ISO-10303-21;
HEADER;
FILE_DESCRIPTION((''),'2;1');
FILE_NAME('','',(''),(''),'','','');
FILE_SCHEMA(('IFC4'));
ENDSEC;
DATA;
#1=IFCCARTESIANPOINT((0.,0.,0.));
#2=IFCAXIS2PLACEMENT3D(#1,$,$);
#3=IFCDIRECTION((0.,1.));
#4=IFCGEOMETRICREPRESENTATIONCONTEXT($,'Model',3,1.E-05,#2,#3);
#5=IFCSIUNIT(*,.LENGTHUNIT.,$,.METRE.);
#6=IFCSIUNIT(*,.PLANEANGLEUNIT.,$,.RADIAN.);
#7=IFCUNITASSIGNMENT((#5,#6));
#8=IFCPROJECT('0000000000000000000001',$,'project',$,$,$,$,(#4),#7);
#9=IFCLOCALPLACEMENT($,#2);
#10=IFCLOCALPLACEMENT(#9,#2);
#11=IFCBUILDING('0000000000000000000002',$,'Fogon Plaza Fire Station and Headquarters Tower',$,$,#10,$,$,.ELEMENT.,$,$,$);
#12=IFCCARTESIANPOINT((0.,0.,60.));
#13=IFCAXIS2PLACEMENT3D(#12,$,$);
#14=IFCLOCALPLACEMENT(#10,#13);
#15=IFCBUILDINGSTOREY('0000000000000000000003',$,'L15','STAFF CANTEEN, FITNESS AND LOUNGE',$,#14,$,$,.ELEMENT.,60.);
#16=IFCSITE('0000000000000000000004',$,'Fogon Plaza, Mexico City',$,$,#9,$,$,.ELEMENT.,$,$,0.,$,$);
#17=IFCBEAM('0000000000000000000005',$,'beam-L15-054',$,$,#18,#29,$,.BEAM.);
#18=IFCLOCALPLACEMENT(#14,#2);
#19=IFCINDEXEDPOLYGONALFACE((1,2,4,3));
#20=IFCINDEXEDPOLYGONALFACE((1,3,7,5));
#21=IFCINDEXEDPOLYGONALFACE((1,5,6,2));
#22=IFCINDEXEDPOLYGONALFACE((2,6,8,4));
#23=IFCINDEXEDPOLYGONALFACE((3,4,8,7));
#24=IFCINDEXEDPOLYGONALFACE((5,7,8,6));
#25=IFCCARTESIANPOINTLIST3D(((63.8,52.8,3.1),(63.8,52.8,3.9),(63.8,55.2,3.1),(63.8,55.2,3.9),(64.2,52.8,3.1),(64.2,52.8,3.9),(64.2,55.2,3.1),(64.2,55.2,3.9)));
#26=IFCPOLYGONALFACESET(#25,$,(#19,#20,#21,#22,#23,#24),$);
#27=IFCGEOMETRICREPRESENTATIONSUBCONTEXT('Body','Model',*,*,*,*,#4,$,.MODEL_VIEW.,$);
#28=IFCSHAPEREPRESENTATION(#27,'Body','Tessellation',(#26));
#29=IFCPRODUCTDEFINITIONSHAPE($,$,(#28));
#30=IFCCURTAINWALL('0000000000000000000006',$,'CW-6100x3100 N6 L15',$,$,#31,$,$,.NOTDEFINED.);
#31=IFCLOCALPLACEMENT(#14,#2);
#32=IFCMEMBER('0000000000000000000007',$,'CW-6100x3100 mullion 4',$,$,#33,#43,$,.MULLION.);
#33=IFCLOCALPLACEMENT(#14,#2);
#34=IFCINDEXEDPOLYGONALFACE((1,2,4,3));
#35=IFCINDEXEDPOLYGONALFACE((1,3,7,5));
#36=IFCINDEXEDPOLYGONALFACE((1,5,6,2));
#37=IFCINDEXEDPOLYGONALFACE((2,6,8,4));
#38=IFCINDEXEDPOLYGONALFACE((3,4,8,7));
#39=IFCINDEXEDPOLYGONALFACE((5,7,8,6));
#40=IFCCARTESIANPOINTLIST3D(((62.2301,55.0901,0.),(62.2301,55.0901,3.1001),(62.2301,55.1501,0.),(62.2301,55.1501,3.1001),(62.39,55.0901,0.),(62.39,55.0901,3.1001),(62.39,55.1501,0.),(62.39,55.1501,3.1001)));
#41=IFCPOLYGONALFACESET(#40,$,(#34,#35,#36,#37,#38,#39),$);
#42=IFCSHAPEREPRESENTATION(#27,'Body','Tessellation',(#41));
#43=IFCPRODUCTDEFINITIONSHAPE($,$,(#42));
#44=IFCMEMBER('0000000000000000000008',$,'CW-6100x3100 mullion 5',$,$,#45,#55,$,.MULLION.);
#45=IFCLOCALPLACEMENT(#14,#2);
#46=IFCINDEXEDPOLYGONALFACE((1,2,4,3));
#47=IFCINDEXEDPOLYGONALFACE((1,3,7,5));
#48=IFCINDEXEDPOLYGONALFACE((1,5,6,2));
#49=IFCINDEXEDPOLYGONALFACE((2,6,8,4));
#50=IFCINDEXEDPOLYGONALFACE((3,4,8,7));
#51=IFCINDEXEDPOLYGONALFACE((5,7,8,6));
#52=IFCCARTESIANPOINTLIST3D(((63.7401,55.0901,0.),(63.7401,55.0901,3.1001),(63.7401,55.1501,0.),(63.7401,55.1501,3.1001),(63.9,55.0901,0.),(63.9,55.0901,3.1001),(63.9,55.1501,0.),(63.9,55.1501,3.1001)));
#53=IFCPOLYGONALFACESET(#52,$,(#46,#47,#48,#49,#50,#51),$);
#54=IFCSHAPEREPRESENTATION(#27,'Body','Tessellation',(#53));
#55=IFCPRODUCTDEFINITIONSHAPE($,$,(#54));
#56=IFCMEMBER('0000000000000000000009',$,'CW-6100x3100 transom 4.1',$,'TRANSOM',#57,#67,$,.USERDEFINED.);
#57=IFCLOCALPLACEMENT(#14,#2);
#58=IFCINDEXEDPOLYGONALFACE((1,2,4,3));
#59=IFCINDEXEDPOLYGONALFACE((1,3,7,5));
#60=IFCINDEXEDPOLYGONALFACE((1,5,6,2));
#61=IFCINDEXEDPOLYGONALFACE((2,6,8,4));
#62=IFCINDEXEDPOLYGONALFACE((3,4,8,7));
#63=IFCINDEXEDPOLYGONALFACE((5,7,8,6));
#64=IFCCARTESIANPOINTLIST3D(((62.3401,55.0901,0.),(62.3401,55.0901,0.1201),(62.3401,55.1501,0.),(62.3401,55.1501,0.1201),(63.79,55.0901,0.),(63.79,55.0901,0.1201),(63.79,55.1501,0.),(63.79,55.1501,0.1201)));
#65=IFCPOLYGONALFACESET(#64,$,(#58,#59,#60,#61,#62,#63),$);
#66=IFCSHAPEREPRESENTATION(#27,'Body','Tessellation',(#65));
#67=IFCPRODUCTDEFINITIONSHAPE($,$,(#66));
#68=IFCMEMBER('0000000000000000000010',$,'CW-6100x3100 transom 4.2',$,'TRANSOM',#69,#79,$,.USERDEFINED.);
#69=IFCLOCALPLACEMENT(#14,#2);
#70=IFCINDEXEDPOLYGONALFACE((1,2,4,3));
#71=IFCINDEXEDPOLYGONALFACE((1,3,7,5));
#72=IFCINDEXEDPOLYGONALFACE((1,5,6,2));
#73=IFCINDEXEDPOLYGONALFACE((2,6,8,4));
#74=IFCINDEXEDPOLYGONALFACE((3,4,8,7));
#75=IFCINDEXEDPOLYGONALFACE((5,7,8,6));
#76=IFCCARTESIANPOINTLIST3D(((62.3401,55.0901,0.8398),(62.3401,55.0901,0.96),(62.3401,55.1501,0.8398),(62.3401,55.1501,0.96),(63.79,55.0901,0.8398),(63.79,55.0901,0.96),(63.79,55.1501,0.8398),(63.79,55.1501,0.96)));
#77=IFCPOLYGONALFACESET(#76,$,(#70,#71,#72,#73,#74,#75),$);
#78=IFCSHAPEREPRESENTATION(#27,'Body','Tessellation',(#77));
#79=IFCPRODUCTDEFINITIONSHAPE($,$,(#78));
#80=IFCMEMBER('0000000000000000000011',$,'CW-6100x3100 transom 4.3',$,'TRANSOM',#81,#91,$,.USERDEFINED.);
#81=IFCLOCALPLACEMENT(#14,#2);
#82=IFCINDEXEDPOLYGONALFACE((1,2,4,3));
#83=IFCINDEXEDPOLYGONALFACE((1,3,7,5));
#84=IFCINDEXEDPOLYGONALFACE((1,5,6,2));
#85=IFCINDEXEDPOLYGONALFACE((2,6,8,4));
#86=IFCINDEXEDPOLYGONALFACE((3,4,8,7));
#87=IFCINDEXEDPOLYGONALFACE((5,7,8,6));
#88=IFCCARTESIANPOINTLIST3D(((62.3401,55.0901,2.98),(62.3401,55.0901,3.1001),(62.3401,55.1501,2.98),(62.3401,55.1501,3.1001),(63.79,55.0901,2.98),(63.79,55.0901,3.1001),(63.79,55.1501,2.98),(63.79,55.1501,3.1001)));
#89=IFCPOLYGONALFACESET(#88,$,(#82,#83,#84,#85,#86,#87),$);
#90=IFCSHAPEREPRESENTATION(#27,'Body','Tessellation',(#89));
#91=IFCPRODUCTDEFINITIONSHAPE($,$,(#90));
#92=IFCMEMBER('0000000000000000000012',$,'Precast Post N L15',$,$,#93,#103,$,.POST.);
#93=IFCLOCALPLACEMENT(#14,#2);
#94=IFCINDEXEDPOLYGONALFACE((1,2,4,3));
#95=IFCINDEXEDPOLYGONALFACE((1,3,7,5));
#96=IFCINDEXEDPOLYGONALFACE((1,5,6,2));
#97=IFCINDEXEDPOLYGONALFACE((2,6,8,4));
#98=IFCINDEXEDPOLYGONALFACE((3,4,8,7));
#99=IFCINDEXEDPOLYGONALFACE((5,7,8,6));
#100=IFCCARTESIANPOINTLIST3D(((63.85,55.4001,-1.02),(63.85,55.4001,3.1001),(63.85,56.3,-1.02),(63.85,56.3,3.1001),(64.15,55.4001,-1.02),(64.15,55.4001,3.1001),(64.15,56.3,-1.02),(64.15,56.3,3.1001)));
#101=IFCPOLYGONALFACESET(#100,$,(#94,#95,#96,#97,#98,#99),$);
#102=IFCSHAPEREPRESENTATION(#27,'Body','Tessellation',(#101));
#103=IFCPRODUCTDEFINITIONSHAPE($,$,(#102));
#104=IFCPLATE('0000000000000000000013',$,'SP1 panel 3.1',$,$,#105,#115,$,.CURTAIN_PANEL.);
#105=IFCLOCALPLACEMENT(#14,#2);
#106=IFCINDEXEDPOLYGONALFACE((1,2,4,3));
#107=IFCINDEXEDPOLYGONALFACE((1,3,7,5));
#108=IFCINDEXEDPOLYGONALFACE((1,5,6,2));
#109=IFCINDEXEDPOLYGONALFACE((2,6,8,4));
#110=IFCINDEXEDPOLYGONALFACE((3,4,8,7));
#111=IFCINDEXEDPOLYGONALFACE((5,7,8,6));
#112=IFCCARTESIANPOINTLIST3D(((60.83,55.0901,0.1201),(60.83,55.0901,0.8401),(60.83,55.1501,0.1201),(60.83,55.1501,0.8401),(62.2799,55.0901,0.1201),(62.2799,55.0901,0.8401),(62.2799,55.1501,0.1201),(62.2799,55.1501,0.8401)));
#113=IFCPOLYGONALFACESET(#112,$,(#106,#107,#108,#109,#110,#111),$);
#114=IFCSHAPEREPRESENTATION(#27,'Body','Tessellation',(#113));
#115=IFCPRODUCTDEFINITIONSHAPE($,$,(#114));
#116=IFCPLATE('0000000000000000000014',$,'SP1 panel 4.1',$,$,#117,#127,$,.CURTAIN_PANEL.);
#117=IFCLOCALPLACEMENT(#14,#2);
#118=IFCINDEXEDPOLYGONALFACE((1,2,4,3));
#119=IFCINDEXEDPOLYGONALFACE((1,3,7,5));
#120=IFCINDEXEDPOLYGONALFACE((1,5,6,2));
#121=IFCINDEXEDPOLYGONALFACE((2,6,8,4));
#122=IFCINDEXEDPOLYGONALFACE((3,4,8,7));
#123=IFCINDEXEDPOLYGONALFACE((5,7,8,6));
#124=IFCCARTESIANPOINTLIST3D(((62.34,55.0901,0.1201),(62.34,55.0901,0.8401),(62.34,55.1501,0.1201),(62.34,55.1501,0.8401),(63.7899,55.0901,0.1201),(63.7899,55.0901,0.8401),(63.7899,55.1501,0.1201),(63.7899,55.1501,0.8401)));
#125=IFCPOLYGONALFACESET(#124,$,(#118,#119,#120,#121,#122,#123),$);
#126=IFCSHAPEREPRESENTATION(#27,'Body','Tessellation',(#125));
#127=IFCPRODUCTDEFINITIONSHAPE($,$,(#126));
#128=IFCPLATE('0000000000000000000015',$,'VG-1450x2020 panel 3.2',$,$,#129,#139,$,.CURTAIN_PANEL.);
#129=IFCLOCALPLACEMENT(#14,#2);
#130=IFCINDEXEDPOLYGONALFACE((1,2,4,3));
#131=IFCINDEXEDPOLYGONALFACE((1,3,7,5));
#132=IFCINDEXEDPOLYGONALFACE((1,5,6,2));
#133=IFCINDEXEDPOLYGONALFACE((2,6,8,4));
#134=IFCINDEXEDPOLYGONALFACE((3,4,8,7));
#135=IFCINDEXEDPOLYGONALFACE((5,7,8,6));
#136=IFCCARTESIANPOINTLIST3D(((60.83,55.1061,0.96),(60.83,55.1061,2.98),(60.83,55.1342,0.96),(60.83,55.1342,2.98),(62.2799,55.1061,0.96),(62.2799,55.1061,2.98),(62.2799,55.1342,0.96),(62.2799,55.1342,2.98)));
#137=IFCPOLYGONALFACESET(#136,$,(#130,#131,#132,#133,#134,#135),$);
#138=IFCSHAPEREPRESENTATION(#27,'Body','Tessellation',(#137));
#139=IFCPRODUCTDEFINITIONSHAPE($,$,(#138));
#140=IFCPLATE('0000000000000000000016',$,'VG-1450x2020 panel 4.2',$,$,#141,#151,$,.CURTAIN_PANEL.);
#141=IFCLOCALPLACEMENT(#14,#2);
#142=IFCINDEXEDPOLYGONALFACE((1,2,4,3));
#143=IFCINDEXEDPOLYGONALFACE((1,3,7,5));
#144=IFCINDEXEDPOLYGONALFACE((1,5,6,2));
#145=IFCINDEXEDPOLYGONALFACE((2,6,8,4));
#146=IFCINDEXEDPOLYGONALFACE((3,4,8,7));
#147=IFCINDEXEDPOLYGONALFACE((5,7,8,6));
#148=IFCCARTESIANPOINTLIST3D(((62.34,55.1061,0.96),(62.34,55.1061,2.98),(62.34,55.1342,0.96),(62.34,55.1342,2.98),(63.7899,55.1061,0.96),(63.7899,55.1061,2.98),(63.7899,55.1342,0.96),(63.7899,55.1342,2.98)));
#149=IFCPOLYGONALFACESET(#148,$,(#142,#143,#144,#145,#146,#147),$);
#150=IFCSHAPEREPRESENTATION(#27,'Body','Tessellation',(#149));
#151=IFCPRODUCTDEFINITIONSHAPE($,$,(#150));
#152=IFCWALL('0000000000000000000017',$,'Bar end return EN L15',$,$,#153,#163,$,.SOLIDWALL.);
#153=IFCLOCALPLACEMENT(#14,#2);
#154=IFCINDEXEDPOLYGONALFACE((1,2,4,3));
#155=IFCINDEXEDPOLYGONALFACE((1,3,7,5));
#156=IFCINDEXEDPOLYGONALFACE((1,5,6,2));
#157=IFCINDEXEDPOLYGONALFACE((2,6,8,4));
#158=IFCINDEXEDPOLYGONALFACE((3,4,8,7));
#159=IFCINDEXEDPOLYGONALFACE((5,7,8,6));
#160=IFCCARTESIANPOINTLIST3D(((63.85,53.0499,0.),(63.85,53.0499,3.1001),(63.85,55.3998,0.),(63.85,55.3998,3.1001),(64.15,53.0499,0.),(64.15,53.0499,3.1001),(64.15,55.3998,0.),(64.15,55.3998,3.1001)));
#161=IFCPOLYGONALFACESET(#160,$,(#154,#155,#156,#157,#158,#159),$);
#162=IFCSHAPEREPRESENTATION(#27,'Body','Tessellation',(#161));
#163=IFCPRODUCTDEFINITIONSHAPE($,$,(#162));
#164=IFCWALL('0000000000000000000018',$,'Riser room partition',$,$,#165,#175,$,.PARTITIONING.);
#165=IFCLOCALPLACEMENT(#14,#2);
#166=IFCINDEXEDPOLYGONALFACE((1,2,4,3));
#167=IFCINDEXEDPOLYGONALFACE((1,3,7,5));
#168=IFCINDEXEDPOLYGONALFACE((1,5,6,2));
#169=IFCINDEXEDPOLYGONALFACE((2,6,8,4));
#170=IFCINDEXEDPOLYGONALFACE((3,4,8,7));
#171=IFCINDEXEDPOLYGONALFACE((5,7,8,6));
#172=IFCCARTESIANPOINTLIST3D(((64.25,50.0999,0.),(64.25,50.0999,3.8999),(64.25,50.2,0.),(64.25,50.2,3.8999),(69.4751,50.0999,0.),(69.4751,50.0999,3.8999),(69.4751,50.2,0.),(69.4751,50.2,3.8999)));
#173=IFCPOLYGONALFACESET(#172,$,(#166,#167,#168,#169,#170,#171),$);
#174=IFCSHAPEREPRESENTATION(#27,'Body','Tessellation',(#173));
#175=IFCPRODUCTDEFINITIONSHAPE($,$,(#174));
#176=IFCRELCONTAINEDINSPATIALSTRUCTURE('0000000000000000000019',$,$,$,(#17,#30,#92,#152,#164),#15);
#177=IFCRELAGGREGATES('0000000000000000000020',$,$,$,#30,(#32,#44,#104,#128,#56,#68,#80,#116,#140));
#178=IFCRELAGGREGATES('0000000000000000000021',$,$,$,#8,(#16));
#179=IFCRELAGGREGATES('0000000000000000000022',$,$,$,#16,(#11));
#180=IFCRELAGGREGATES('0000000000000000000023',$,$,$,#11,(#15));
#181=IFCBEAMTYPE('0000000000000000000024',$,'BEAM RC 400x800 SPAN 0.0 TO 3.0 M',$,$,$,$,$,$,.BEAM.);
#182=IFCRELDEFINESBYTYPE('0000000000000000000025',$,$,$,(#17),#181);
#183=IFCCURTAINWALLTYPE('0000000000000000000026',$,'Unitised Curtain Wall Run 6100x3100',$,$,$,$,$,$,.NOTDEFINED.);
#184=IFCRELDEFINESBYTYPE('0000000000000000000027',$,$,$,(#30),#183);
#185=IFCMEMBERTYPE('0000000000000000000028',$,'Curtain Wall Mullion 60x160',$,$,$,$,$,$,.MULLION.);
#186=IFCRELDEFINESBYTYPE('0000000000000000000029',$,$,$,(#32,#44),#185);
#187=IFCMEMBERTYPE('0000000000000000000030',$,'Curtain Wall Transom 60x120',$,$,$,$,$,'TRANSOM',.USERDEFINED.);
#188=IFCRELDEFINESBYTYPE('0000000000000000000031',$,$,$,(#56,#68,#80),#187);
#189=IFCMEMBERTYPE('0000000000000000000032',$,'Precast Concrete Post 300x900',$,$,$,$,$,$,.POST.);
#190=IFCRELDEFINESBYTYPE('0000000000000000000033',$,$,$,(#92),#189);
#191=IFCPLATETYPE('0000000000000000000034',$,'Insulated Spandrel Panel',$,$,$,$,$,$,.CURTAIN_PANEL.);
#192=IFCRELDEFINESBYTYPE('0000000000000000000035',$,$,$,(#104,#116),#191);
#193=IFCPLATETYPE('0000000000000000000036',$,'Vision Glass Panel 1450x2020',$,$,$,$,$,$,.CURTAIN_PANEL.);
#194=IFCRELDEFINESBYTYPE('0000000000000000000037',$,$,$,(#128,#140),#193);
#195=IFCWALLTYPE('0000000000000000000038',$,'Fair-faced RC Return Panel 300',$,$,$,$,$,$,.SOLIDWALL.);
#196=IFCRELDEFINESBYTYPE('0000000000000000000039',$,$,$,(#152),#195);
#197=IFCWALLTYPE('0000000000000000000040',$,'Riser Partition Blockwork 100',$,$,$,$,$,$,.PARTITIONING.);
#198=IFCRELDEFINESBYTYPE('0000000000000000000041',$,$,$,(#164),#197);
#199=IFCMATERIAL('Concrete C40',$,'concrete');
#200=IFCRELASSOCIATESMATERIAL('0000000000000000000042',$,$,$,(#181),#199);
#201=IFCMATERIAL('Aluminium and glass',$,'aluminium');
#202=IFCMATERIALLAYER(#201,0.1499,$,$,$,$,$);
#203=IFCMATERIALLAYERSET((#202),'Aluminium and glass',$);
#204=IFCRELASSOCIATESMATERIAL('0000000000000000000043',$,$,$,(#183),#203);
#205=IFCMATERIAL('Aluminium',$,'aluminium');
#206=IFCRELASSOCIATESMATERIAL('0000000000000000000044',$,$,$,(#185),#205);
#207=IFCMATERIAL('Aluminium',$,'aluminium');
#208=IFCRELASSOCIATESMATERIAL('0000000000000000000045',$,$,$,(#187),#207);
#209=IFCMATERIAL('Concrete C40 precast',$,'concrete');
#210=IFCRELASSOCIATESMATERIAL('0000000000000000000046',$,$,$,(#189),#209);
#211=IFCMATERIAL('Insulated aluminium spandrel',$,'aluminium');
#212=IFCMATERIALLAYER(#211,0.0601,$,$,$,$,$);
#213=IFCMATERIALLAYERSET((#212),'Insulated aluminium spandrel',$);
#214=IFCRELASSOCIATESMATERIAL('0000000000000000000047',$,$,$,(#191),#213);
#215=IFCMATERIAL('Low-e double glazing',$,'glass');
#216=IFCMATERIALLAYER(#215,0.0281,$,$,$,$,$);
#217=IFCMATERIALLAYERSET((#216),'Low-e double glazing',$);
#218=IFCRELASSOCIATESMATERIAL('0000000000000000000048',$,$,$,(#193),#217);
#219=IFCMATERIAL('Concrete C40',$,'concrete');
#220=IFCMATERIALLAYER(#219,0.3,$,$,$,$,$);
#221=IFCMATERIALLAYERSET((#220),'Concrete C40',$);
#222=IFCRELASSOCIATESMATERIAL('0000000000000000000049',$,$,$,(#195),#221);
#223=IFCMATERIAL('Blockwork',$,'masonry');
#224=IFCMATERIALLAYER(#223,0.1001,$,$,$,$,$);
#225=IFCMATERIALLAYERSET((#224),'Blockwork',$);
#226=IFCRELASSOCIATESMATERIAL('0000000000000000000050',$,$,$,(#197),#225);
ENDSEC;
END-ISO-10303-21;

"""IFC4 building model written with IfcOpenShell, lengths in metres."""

from ifc_helpers import new_model, si_unit, direction, frame, frame_2d, origin, origin_2d, place, context, subcontext, project, spatial, rectangle, extrude, material, layer, layer_set, material_profile, profile_set, type_object, element, aggregate, save


model = new_model("IFC4")

# Units and contexts
model_context = context("Model", 3, precision=1e-05, world=origin(), true_north=direction((0.0, 1.0)))
body_context = subcontext(model_context, "Body", "Model", "MODEL_VIEW")
ifc_project = project(units=[si_unit("LENGTHUNIT", "METRE"), si_unit("PLANEANGLEUNIT", "RADIAN")], contexts=[model_context])

# Site, building, storey
site_placement = place(None, origin())
site = spatial("IfcSite", under=ifc_project, at=site_placement, Name="Fogon Plaza, Mexico City", CompositionType="ELEMENT", RefElevation=0.0)
building_placement = place(site_placement, origin())
building = spatial("IfcBuilding", under=site, at=building_placement, Name="Fogon Plaza Fire Station and Headquarters Tower", CompositionType="ELEMENT")
storey_placement = place(building_placement, frame((0.0, 0.0, 60.0)))
storey = spatial("IfcBuildingStorey", under=building, at=storey_placement, Name="L15", Description="STAFF CANTEEN, FITNESS AND LOUNGE", CompositionType="ELEMENT", Elevation=60.0)

# Beam
ifc_material_1 = material(Name="Concrete C40", Category="concrete")
ifc_material_profile_1 = material_profile(ifc_material_1, rectangle(XDim=0.3999, YDim=0.8, at=origin_2d()), Name="RC 400x800")
ifc_profile_set_1 = profile_set([ifc_material_profile_1], Name="Concrete C40")
beam_type = type_object("IfcBeamType", Name="BEAM RC 400x800 SPAN 0.0 TO 3.0 M", PredefinedType="BEAM", material=ifc_profile_set_1)
beam_placement = place(storey_placement, frame((64.0, 52.8, 3.5), z_axis=(0.0, 1.0, 0.0), x_axis=(-1.0, 0.0, 0.0)))
element("IfcBeam", 1, at=beam_placement, inside=storey, type_object=beam_type, Name="beam-L15-054", PredefinedType="BEAM", context=body_context, shape_type="SweptSolid", body=[
    extrude(rectangle(XDim=0.3999, YDim=0.8, at=origin_2d()), origin(), (0.0, 0.0, 1.0), 2.3999),
])

# Curtain wall, members
ifc_material_2 = material(Name="Aluminium and glass", Category="aluminium")
ifc_layer_1 = layer(ifc_material_2, 0.1499)
ifc_layer_set_1 = layer_set([ifc_layer_1], Name="Aluminium and glass")
curtain_wall_type = type_object("IfcCurtainWallType", Name="Unitised Curtain Wall Run 6100x3100", PredefinedType="NOTDEFINED", material=ifc_layer_set_1)
curtain_wall_placement = place(storey_placement, origin())
curtain_wall = element("IfcCurtainWall", 2, at=curtain_wall_placement, inside=storey, type_object=curtain_wall_type, Name="CW-6100x3100 N6 L15", PredefinedType="NOTDEFINED")
ifc_material_3 = material(Name="Aluminium", Category="aluminium")
ifc_material_profile_2 = material_profile(ifc_material_3, rectangle(XDim=0.0601, YDim=0.1599, at=origin_2d()), Name="Curtain Wall Mullion 60x160")
ifc_profile_set_2 = profile_set([ifc_material_profile_2], Name="Aluminium")
member_type_1 = type_object("IfcMemberType", Name="Curtain Wall Mullion 60x160", PredefinedType="MULLION", material=ifc_profile_set_2)
member_1_placement = place(storey_placement, frame((62.3101, 55.1201, 0.0), z_axis=(0.0, 0.0, 1.0), x_axis=(0.0, 1.0, 0.0)))
member_1 = element("IfcMember", 3, at=member_1_placement, type_object=member_type_1, Name="CW-6100x3100 mullion 4", PredefinedType="MULLION", context=body_context, shape_type="SweptSolid", body=[
    extrude(rectangle(XDim=0.0601, YDim=0.1599, at=origin_2d()), origin(), (0.0, 0.0, 1.0), 3.1001),
])
member_2_placement = place(storey_placement, frame((63.8201, 55.1201, 0.0), z_axis=(0.0, 0.0, 1.0), x_axis=(0.0, 1.0, 0.0)))
member_2 = element("IfcMember", 4, at=member_2_placement, type_object=member_type_1, Name="CW-6100x3100 mullion 5", PredefinedType="MULLION", context=body_context, shape_type="SweptSolid", body=[
    extrude(rectangle(XDim=0.0601, YDim=0.1599, at=origin_2d()), origin(), (0.0, 0.0, 1.0), 3.1001),
])
ifc_material_4 = material(Name="Aluminium", Category="aluminium")
ifc_material_profile_3 = material_profile(ifc_material_4, rectangle(XDim=0.0601, YDim=0.1201, at=origin_2d()), Name="Curtain Wall Transom 60x120")
ifc_profile_set_3 = profile_set([ifc_material_profile_3], Name="Aluminium")
member_type_2 = type_object("IfcMemberType", Name="Curtain Wall Transom 60x120", ElementType="TRANSOM", PredefinedType="USERDEFINED", material=ifc_profile_set_3)
member_3_placement = place(storey_placement, frame((62.3401, 55.1201, 0.0601), z_axis=(1.0, 0.0, 0.0), x_axis=(0.0, 1.0, 0.0)))
member_3 = element("IfcMember", 5, at=member_3_placement, type_object=member_type_2, Name="CW-6100x3100 transom 4.1", ObjectType="TRANSOM", PredefinedType="USERDEFINED", context=body_context, shape_type="SweptSolid", body=[
    extrude(rectangle(XDim=0.0601, YDim=0.1201, at=origin_2d()), origin(), (0.0, 0.0, 1.0), 1.45),
])
member_4_placement = place(storey_placement, frame((62.3401, 55.1201, 0.8999), z_axis=(1.0, 0.0, 0.0), x_axis=(0.0, 1.0, 0.0)))
member_4 = element("IfcMember", 6, at=member_4_placement, type_object=member_type_2, Name="CW-6100x3100 transom 4.2", ObjectType="TRANSOM", PredefinedType="USERDEFINED", context=body_context, shape_type="SweptSolid", body=[
    extrude(rectangle(XDim=0.0601, YDim=0.1201, at=origin_2d()), origin(), (0.0, 0.0, 1.0), 1.45),
])
member_5_placement = place(storey_placement, frame((62.3401, 55.1201, 3.04), z_axis=(1.0, 0.0, 0.0), x_axis=(0.0, 1.0, 0.0)))
member_5 = element("IfcMember", 7, at=member_5_placement, type_object=member_type_2, Name="CW-6100x3100 transom 4.3", ObjectType="TRANSOM", PredefinedType="USERDEFINED", context=body_context, shape_type="SweptSolid", body=[
    extrude(rectangle(XDim=0.0601, YDim=0.1201, at=origin_2d()), origin(), (0.0, 0.0, 1.0), 1.45),
])

# Member
ifc_material_5 = material(Name="Concrete C40 precast", Category="concrete")
ifc_material_profile_4 = material_profile(ifc_material_5, rectangle(XDim=0.3, YDim=0.8999, at=origin_2d()), Name="Precast Concrete Post 300x900")
ifc_profile_set_4 = profile_set([ifc_material_profile_4], Name="Concrete C40 precast")
member_type_3 = type_object("IfcMemberType", Name="Precast Concrete Post 300x900", PredefinedType="POST", material=ifc_profile_set_4)
member_6_placement = place(storey_placement, frame((64.0, 55.8501, -1.02), z_axis=(0.0, 0.0, 1.0), x_axis=(1.0, 0.0, 0.0)))
element("IfcMember", 8, at=member_6_placement, inside=storey, type_object=member_type_3, Name="Precast Post N L15", PredefinedType="POST", context=body_context, shape_type="SweptSolid", body=[
    extrude(rectangle(XDim=0.3, YDim=0.8999, at=origin_2d()), origin(), (0.0, 0.0, 1.0), 4.1201),
])

# Plates
ifc_material_6 = material(Name="Insulated aluminium spandrel", Category="aluminium")
ifc_layer_2 = layer(ifc_material_6, 0.0601)
ifc_layer_set_2 = layer_set([ifc_layer_2], Name="Insulated aluminium spandrel")
plate_type_1 = type_object("IfcPlateType", Name="Insulated Spandrel Panel", PredefinedType="CURTAIN_PANEL", material=ifc_layer_set_2)
plate_1_placement = place(storey_placement, frame((61.5549, 55.1201, 0.1201), z_axis=(0.0, 0.0, 1.0), x_axis=(1.0, 0.0, 0.0)))
plate_1 = element("IfcPlate", 9, at=plate_1_placement, type_object=plate_type_1, Name="SP1 panel 3.1", PredefinedType="CURTAIN_PANEL", context=body_context, shape_type="SweptSolid", body=[
    extrude(rectangle(XDim=1.45, YDim=0.0601, at=origin_2d()), origin(), (0.0, 0.0, 1.0), 0.72),
])
plate_2_placement = place(storey_placement, frame((63.0649, 55.1201, 0.1201), z_axis=(0.0, 0.0, 1.0), x_axis=(1.0, 0.0, 0.0)))
plate_2 = element("IfcPlate", 10, at=plate_2_placement, type_object=plate_type_1, Name="SP1 panel 4.1", PredefinedType="CURTAIN_PANEL", context=body_context, shape_type="SweptSolid", body=[
    extrude(rectangle(XDim=1.45, YDim=0.0601, at=origin_2d()), origin(), (0.0, 0.0, 1.0), 0.72),
])
ifc_material_7 = material(Name="Low-e double glazing", Category="glass")
ifc_layer_3 = layer(ifc_material_7, 0.0281)
ifc_layer_set_3 = layer_set([ifc_layer_3], Name="Low-e double glazing")
plate_type_2 = type_object("IfcPlateType", Name="Vision Glass Panel 1450x2020", PredefinedType="CURTAIN_PANEL", material=ifc_layer_set_3)
plate_3_placement = place(storey_placement, frame((61.5549, 55.1201, 0.96), z_axis=(0.0, 0.0, 1.0), x_axis=(1.0, 0.0, 0.0)))
plate_3 = element("IfcPlate", 11, at=plate_3_placement, type_object=plate_type_2, Name="VG-1450x2020 panel 3.2", PredefinedType="CURTAIN_PANEL", context=body_context, shape_type="SweptSolid", body=[
    extrude(rectangle(XDim=1.45, YDim=0.0281, at=origin_2d()), origin(), (0.0, 0.0, 1.0), 2.02),
])
plate_4_placement = place(storey_placement, frame((63.0649, 55.1201, 0.96), z_axis=(0.0, 0.0, 1.0), x_axis=(1.0, 0.0, 0.0)))
plate_4 = element("IfcPlate", 12, at=plate_4_placement, type_object=plate_type_2, Name="VG-1450x2020 panel 4.2", PredefinedType="CURTAIN_PANEL", context=body_context, shape_type="SweptSolid", body=[
    extrude(rectangle(XDim=1.45, YDim=0.0281, at=origin_2d()), origin(), (0.0, 0.0, 1.0), 2.02),
])
aggregate(curtain_wall, [member_1, member_2, plate_1, plate_3, member_3, member_4, member_5, plate_2, plate_4])

# Walls
ifc_material_8 = material(Name="Concrete C40", Category="concrete")
ifc_layer_4 = layer(ifc_material_8, 0.3)
ifc_layer_set_4 = layer_set([ifc_layer_4], Name="Concrete C40")
wall_type_1 = type_object("IfcWallType", Name="Fair-faced RC Return Panel 300", PredefinedType="SOLIDWALL", material=ifc_layer_set_4)
wall_1_placement = place(storey_placement, frame((64.0, 53.05, 0.0), z_axis=(0.0, 0.0, 1.0), x_axis=(0.0, 1.0, 0.0)))
element("IfcWall", 13, at=wall_1_placement, inside=storey, type_object=wall_type_1, Name="Bar end return EN L15", PredefinedType="SOLIDWALL", context=body_context, shape_type="SweptSolid", body=[
    extrude(rectangle(XDim=2.3499, YDim=0.3, at=frame_2d((1.1748, 0.0))), origin(), (0.0, 0.0, 1.0), 3.1001),
])
ifc_material_9 = material(Name="Blockwork", Category="masonry")
ifc_layer_5 = layer(ifc_material_9, 0.1001)
ifc_layer_set_5 = layer_set([ifc_layer_5], Name="Blockwork")
wall_type_2 = type_object("IfcWallType", Name="Riser Partition Blockwork 100", PredefinedType="PARTITIONING", material=ifc_layer_set_5)
wall_2_placement = place(storey_placement, frame((69.4751, 50.1499, 0.0), z_axis=(0.0, 0.0, 1.0), x_axis=(-1.0, 0.0, 0.0)))
element("IfcWall", 14, at=wall_2_placement, inside=storey, type_object=wall_type_2, Name="Riser room partition", PredefinedType="PARTITIONING", context=body_context, shape_type="SweptSolid", body=[
    extrude(rectangle(XDim=5.2251, YDim=0.1001, at=frame_2d((2.6125, 0.0))), origin(), (0.0, 0.0, 1.0), 3.8999),
])

save(model, "model.ifc")
